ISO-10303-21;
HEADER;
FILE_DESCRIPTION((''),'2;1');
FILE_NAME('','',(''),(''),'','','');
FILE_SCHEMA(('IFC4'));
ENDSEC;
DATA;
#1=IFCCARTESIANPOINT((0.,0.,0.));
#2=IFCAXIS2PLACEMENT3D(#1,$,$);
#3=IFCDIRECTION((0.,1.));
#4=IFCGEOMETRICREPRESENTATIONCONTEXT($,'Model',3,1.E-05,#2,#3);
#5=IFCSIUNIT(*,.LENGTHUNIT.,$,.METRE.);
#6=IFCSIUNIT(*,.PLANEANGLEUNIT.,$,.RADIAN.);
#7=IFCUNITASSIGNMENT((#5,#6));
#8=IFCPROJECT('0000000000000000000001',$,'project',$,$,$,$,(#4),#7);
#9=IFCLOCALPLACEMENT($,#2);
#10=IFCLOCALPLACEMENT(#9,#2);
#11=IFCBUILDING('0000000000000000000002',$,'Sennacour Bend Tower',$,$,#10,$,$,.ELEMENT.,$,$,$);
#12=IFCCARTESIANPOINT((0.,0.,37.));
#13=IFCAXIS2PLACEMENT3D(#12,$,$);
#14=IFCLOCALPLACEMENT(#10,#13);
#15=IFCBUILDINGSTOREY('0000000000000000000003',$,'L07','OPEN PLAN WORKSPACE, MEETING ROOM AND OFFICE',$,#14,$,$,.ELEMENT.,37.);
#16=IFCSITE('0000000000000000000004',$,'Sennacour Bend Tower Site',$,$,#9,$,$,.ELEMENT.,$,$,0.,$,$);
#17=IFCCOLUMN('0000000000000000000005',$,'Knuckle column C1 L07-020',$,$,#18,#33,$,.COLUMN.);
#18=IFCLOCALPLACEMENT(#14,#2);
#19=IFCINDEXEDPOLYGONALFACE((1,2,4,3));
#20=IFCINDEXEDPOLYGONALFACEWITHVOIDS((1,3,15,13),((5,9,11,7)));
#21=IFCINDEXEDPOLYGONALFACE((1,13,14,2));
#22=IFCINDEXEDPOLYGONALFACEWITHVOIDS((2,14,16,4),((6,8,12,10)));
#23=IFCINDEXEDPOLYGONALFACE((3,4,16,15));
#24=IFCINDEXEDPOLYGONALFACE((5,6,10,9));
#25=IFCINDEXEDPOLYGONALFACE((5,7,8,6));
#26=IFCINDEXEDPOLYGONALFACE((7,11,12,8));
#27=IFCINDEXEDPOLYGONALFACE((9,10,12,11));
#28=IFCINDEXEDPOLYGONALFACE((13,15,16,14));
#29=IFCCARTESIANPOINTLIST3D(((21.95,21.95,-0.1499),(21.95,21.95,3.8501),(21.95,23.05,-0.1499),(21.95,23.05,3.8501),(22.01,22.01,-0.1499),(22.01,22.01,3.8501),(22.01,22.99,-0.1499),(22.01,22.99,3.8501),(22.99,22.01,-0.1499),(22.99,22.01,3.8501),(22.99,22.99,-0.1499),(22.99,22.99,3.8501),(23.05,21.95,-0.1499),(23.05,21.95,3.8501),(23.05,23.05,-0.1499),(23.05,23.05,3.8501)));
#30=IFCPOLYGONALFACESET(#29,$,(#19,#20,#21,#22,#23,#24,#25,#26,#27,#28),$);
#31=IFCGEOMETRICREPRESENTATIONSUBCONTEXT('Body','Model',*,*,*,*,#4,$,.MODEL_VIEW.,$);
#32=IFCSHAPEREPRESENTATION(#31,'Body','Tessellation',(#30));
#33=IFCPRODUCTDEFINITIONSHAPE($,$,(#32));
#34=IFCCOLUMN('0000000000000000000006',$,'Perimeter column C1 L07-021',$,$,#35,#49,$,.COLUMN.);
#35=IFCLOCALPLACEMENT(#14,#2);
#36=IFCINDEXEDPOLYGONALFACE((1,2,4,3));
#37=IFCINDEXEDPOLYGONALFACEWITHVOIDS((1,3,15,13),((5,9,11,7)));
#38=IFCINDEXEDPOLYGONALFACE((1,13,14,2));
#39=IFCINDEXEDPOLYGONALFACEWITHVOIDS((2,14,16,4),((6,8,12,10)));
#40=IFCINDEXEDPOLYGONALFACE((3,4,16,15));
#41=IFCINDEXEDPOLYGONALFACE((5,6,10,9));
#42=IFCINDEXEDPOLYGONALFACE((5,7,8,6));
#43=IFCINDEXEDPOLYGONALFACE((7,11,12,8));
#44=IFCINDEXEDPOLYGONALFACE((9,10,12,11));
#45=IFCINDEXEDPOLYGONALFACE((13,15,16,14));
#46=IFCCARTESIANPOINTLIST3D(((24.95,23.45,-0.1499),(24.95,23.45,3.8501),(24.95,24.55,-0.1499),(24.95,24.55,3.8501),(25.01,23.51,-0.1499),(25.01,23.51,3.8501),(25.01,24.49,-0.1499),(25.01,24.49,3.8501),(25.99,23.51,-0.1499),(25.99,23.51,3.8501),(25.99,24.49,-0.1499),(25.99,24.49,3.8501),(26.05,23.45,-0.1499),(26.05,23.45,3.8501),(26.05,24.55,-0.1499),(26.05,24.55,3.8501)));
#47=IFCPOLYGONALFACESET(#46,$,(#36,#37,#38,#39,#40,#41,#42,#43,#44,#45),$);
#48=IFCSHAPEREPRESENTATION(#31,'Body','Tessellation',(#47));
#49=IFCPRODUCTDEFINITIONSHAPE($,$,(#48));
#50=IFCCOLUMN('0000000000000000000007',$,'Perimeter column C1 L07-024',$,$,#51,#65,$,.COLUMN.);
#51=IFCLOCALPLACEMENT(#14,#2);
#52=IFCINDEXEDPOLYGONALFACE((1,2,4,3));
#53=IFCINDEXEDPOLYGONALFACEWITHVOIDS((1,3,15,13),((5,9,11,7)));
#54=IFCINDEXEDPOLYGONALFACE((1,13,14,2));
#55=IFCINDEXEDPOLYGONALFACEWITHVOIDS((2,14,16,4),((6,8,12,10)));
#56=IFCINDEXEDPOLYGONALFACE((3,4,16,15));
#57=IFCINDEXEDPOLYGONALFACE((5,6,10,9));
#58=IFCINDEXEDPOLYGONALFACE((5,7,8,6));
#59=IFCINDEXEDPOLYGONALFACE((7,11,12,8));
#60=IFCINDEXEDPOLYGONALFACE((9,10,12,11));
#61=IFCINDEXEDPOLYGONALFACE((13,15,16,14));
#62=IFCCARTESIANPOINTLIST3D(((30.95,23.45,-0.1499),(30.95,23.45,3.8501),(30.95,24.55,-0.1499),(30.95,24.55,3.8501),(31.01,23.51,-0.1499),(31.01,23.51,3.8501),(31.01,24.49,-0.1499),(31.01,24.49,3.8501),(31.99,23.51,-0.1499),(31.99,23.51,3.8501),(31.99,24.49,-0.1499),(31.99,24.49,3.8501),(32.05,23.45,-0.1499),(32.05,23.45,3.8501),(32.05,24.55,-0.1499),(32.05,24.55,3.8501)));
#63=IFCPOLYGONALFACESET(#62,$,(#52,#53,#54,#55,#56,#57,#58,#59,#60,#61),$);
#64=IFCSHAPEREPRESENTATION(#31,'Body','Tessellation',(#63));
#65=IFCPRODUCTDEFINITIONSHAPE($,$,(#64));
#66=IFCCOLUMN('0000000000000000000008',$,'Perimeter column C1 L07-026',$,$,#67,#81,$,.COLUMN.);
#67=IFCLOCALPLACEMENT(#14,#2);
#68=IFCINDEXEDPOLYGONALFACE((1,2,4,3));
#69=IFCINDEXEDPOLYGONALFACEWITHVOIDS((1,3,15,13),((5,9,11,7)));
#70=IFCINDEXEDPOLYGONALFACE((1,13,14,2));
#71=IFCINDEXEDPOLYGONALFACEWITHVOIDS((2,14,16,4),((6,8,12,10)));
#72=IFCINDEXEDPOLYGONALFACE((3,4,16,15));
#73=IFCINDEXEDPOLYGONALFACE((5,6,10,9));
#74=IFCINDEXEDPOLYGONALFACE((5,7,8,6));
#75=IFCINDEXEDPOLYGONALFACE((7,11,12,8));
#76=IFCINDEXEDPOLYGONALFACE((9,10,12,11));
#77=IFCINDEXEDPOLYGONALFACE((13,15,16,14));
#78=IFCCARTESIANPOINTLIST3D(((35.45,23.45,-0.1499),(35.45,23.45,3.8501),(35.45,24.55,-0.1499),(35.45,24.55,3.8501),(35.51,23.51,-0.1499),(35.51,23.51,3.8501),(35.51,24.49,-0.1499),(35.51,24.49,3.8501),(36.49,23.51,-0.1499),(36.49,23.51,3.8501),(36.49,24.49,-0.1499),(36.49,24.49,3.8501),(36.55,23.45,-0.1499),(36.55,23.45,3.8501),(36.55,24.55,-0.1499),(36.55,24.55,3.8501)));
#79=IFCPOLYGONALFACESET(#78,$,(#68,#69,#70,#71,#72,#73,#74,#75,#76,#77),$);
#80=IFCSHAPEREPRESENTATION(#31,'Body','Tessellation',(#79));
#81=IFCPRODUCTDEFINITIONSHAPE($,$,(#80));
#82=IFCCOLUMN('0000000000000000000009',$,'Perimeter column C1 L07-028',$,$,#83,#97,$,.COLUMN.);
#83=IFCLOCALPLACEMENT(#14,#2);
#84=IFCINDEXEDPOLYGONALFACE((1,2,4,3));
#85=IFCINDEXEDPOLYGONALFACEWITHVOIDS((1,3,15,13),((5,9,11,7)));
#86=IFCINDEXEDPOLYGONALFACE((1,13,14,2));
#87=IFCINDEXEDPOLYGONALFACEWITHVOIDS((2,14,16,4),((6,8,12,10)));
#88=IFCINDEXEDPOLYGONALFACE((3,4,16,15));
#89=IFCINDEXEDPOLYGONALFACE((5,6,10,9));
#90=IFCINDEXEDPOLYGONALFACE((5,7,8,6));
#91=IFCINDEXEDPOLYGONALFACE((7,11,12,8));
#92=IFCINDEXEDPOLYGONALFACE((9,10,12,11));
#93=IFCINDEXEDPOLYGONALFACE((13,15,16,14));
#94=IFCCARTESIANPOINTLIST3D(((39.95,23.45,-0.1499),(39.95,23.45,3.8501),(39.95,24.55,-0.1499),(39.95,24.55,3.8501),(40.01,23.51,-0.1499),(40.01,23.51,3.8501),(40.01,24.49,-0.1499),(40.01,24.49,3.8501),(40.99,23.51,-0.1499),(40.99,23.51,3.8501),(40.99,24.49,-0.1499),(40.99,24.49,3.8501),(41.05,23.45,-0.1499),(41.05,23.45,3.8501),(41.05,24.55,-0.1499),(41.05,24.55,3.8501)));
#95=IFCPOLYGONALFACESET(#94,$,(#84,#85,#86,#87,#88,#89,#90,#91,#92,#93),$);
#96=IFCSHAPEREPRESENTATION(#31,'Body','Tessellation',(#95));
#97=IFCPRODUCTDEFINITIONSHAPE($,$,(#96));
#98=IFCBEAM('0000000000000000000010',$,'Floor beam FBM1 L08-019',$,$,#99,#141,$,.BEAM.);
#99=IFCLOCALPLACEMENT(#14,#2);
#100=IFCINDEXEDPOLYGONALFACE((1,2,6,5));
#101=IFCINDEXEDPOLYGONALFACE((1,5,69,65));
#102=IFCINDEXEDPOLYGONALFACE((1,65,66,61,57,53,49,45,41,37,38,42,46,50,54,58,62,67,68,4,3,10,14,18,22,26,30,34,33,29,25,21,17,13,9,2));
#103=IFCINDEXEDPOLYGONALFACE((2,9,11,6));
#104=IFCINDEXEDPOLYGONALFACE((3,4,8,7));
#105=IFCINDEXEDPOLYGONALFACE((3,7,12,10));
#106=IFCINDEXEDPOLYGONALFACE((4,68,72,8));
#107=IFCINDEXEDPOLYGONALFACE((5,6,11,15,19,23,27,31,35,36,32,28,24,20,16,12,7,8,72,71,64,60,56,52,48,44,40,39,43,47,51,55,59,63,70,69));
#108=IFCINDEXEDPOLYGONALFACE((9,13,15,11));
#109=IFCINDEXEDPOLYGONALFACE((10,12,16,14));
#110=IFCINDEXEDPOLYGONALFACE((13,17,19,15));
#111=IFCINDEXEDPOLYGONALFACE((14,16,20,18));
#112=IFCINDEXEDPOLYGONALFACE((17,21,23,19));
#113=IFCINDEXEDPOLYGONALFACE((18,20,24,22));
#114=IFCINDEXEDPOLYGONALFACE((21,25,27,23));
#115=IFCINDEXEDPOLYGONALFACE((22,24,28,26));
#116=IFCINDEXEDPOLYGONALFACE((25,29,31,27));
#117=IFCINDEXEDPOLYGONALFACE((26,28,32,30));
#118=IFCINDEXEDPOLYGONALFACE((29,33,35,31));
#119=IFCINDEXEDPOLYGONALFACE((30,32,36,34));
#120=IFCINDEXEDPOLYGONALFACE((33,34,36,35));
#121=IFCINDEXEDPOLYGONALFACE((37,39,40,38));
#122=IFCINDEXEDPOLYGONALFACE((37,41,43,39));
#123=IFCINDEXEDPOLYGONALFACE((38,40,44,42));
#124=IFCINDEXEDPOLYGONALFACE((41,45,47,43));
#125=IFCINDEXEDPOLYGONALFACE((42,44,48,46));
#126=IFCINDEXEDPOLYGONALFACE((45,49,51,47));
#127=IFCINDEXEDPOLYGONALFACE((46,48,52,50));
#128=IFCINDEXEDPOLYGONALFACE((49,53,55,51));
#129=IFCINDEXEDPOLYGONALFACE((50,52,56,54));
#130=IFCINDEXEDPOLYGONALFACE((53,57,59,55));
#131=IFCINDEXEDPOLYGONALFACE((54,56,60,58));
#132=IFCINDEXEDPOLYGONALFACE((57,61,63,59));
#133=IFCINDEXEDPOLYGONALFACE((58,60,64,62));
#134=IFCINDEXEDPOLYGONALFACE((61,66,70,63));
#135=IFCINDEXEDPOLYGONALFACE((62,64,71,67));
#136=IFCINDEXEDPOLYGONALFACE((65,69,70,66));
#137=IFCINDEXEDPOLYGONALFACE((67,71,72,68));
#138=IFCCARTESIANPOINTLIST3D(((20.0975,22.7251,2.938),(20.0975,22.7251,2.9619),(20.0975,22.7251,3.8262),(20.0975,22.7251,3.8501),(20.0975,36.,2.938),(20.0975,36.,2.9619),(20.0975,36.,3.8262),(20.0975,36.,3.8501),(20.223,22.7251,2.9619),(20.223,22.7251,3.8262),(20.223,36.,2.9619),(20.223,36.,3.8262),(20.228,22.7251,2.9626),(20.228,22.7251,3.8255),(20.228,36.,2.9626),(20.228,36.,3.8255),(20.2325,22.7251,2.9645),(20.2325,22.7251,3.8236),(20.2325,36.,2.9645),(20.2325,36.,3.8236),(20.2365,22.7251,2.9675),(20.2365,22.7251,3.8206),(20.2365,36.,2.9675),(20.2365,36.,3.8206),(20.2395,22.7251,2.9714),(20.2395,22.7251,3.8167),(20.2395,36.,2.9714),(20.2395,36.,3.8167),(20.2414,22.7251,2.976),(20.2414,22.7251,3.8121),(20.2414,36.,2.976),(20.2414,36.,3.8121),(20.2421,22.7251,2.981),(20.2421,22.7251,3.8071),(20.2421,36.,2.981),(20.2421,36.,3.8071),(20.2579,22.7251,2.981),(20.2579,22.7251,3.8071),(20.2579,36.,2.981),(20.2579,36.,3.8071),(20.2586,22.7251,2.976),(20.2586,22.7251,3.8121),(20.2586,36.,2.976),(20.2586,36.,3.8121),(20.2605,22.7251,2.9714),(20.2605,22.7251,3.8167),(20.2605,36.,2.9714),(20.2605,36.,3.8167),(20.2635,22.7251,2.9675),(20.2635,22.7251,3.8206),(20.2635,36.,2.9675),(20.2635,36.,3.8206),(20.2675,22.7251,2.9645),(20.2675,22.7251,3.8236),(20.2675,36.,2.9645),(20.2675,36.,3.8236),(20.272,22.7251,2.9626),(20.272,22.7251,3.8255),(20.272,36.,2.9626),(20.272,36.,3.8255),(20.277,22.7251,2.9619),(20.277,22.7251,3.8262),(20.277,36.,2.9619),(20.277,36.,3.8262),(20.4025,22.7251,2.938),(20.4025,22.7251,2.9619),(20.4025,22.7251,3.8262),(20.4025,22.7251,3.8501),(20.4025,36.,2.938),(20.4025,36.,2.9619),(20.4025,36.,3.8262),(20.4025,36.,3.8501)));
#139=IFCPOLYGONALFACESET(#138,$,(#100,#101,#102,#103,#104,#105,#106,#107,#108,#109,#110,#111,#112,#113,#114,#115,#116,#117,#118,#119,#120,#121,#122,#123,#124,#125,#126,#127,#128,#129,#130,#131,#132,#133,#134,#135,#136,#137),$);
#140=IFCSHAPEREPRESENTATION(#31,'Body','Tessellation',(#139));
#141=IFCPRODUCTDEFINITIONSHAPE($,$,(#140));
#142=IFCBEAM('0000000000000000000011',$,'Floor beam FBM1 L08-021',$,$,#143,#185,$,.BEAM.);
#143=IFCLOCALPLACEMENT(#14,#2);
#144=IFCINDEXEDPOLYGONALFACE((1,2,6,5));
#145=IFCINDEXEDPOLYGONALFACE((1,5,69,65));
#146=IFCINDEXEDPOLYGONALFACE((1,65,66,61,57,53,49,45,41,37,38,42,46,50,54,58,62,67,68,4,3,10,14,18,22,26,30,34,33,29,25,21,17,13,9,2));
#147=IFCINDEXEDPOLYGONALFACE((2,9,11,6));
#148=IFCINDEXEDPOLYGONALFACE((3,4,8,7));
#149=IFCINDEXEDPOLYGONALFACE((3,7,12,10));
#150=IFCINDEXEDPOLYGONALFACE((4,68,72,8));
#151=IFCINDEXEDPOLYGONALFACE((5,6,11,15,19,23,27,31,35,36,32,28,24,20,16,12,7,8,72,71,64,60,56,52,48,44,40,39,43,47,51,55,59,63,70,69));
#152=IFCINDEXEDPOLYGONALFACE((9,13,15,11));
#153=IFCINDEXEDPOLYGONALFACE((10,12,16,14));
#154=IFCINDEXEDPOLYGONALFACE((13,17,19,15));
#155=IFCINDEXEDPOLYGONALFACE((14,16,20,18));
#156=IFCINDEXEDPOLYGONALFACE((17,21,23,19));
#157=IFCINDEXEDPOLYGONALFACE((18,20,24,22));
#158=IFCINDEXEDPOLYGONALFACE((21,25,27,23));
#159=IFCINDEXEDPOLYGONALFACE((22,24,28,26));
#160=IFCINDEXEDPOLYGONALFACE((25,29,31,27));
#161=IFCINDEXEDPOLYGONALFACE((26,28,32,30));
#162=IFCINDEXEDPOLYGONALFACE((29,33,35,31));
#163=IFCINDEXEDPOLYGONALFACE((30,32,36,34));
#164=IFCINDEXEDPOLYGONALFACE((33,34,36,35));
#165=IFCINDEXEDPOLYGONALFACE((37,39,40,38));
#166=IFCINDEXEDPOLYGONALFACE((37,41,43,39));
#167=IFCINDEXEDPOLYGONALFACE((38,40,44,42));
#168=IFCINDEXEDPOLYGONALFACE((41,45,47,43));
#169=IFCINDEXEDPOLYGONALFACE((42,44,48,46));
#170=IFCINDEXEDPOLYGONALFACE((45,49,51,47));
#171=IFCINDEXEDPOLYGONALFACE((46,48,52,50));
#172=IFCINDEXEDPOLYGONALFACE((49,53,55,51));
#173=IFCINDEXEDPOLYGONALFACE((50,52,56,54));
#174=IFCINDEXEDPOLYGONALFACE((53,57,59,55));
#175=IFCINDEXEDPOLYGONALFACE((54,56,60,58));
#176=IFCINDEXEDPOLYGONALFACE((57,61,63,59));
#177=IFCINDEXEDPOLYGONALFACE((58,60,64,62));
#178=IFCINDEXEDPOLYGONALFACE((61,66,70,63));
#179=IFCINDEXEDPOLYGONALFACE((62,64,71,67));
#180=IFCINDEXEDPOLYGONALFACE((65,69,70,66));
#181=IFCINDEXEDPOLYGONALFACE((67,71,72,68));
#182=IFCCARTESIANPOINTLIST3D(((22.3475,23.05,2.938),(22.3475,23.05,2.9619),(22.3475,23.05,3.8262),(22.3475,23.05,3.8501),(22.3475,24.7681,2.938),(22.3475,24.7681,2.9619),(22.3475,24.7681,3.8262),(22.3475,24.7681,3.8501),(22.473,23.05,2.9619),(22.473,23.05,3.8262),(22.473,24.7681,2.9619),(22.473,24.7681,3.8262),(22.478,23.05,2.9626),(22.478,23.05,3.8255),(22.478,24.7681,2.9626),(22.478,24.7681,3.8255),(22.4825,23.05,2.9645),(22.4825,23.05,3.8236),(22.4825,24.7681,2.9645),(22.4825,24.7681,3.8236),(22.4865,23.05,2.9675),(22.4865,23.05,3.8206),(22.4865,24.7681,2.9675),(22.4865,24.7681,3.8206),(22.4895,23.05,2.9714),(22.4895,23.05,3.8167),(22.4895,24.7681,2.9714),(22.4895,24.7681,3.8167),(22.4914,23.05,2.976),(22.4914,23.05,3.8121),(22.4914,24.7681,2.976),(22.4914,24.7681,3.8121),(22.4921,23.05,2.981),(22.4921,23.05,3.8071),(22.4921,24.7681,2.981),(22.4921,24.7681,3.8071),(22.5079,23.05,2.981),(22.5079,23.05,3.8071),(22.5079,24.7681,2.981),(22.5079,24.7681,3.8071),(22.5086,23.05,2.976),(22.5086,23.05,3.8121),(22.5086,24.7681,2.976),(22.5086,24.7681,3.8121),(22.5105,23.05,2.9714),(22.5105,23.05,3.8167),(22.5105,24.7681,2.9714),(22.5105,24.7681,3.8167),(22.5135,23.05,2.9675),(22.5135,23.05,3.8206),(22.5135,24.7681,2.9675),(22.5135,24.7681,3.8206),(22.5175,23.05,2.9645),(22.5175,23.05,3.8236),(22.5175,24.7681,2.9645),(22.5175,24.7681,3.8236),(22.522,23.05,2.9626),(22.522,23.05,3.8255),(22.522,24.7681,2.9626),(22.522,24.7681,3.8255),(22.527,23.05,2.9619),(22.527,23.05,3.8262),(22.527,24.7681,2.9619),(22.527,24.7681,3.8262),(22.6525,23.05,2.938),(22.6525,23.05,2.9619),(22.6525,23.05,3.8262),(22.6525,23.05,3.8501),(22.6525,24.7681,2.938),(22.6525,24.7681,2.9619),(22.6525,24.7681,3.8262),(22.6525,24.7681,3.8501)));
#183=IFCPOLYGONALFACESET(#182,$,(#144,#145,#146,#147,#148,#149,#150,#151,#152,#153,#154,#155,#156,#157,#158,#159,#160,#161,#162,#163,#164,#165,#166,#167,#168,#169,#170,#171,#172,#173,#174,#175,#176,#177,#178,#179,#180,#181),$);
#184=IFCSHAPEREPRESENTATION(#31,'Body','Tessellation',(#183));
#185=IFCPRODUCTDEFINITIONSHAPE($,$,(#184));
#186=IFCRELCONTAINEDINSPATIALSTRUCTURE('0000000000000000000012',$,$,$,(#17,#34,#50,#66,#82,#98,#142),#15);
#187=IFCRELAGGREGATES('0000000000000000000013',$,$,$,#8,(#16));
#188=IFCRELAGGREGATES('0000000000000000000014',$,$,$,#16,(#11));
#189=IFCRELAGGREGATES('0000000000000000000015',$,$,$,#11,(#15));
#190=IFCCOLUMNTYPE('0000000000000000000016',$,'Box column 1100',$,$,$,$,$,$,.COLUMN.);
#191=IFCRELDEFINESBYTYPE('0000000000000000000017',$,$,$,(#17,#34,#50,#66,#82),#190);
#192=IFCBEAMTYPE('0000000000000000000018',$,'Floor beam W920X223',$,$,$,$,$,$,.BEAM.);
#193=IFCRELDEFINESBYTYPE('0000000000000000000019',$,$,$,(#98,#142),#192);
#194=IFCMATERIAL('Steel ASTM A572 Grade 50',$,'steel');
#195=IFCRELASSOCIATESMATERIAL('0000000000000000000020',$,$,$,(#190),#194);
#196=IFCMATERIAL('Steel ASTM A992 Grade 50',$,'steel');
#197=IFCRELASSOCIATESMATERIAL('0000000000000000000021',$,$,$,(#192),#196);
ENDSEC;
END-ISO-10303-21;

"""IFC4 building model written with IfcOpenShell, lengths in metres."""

from ifc_helpers import new_model, si_unit, direction, frame, origin, origin_2d, place, context, subcontext, project, spatial, hollow_rectangle, i_section, extrude, material, material_profile, profile_set, type_object, element, save


model = new_model("IFC4")

# Units and contexts
model_context = context("Model", 3, precision=1e-05, world=origin(), true_north=direction((0.0, 1.0)))
body_context = subcontext(model_context, "Body", "Model", "MODEL_VIEW")
ifc_project = project(units=[si_unit("LENGTHUNIT", "METRE"), si_unit("PLANEANGLEUNIT", "RADIAN")], contexts=[model_context])

# Site, building, storey
site_placement = place(None, origin())
site = spatial("IfcSite", under=ifc_project, at=site_placement, Name="Sennacour Bend Tower Site", CompositionType="ELEMENT", RefElevation=0.0)
building_placement = place(site_placement, origin())
building = spatial("IfcBuilding", under=site, at=building_placement, Name="Sennacour Bend Tower", CompositionType="ELEMENT")
storey_placement = place(building_placement, frame((0.0, 0.0, 37.0)))
storey = spatial("IfcBuildingStorey", under=building, at=storey_placement, Name="L07", Description="OPEN PLAN WORKSPACE, MEETING ROOM AND OFFICE", CompositionType="ELEMENT", Elevation=37.0)

# Columns
ifc_material_1 = material(Name="Steel ASTM A572 Grade 50", Category="steel")
ifc_material_profile_1 = material_profile(ifc_material_1, hollow_rectangle(XDim=1.1001, YDim=1.1001, WallThickness=0.0601, at=origin_2d()), Name="Steel ASTM A572 Grade 50", Category="steel")
ifc_profile_set_1 = profile_set([ifc_material_profile_1], Name="Steel ASTM A572 Grade 50")
column_type = type_object("IfcColumnType", Name="Box column 1100", PredefinedType="COLUMN", material=ifc_profile_set_1)
for number, where, z_axis, x_axis, name in (
    (1, (22.5, 22.5, -0.1499), (0.0, 0.0, 1.0), (1.0, 0.0, 0.0), "Knuckle column C1 L07-020"),
    (2, (25.5, 24.0, -0.1499), (0.0, 0.0, 1.0), (1.0, 0.0, 0.0), "Perimeter column C1 L07-021"),
    (3, (31.5, 24.0, -0.1499), (0.0, 0.0, 1.0), (1.0, 0.0, 0.0), "Perimeter column C1 L07-024"),
    (4, (36.0, 24.0, -0.1499), (0.0, 0.0, 1.0), (1.0, 0.0, 0.0), "Perimeter column C1 L07-026"),
    (5, (40.5, 24.0, -0.1499), (0.0, 0.0, 1.0), (1.0, 0.0, 0.0), "Perimeter column C1 L07-028"),
):
    element("IfcColumn", number, at=place(storey_placement, frame(where, z_axis=z_axis, x_axis=x_axis)), inside=storey, type_object=column_type, Name=name, PredefinedType="COLUMN", context=body_context, shape_type="SweptSolid", body=[
        extrude(hollow_rectangle(XDim=1.1001, YDim=1.1001, WallThickness=0.0601, at=origin_2d()), origin(), (0.0, 0.0, 1.0), 4.0),
    ])

# Beams
ifc_material_2 = material(Name="Steel ASTM A992 Grade 50", Category="steel")
ifc_material_profile_2 = material_profile(ifc_material_2, i_section(OverallWidth=0.3049, OverallDepth=0.9121, WebThickness=0.0159, FlangeThickness=0.0239, FilletRadius=0.019, at=origin_2d()), Name="Steel ASTM A992 Grade 50", Category="steel")
ifc_profile_set_2 = profile_set([ifc_material_profile_2], Name="Steel ASTM A992 Grade 50")
beam_type_1 = type_object("IfcBeamType", Name="Floor beam W920X223", PredefinedType="BEAM", material=ifc_profile_set_2)
beam_1_placement = place(storey_placement, frame((20.25, 22.7251, 3.394), z_axis=(0.0, 1.0, 0.0), x_axis=(-1.0, 0.0, 0.0)))
element("IfcBeam", 6, at=beam_1_placement, inside=storey, type_object=beam_type_1, Name="Floor beam FBM1 L08-019", PredefinedType="BEAM", context=body_context, shape_type="SweptSolid", body=[
    extrude(i_section(OverallWidth=0.3049, OverallDepth=0.9121, WebThickness=0.0159, FlangeThickness=0.0239, FilletRadius=0.019, at=origin_2d()), origin(), (0.0, 0.0, 1.0), 13.2749),
])
beam_2_placement = place(storey_placement, frame((22.5, 23.05, 3.394), z_axis=(0.0, 1.0, 0.0), x_axis=(-1.0, 0.0, 0.0)))
element("IfcBeam", 7, at=beam_2_placement, inside=storey, type_object=beam_type_1, Name="Floor beam FBM1 L08-021", PredefinedType="BEAM", context=body_context, shape_type="SweptSolid", body=[
    extrude(i_section(OverallWidth=0.3049, OverallDepth=0.9121, WebThickness=0.0159, FlangeThickness=0.0239, FilletRadius=0.019, at=origin_2d()), origin(), (0.0, 0.0, 1.0), 1.718),
])

save(model, "model.ifc")
